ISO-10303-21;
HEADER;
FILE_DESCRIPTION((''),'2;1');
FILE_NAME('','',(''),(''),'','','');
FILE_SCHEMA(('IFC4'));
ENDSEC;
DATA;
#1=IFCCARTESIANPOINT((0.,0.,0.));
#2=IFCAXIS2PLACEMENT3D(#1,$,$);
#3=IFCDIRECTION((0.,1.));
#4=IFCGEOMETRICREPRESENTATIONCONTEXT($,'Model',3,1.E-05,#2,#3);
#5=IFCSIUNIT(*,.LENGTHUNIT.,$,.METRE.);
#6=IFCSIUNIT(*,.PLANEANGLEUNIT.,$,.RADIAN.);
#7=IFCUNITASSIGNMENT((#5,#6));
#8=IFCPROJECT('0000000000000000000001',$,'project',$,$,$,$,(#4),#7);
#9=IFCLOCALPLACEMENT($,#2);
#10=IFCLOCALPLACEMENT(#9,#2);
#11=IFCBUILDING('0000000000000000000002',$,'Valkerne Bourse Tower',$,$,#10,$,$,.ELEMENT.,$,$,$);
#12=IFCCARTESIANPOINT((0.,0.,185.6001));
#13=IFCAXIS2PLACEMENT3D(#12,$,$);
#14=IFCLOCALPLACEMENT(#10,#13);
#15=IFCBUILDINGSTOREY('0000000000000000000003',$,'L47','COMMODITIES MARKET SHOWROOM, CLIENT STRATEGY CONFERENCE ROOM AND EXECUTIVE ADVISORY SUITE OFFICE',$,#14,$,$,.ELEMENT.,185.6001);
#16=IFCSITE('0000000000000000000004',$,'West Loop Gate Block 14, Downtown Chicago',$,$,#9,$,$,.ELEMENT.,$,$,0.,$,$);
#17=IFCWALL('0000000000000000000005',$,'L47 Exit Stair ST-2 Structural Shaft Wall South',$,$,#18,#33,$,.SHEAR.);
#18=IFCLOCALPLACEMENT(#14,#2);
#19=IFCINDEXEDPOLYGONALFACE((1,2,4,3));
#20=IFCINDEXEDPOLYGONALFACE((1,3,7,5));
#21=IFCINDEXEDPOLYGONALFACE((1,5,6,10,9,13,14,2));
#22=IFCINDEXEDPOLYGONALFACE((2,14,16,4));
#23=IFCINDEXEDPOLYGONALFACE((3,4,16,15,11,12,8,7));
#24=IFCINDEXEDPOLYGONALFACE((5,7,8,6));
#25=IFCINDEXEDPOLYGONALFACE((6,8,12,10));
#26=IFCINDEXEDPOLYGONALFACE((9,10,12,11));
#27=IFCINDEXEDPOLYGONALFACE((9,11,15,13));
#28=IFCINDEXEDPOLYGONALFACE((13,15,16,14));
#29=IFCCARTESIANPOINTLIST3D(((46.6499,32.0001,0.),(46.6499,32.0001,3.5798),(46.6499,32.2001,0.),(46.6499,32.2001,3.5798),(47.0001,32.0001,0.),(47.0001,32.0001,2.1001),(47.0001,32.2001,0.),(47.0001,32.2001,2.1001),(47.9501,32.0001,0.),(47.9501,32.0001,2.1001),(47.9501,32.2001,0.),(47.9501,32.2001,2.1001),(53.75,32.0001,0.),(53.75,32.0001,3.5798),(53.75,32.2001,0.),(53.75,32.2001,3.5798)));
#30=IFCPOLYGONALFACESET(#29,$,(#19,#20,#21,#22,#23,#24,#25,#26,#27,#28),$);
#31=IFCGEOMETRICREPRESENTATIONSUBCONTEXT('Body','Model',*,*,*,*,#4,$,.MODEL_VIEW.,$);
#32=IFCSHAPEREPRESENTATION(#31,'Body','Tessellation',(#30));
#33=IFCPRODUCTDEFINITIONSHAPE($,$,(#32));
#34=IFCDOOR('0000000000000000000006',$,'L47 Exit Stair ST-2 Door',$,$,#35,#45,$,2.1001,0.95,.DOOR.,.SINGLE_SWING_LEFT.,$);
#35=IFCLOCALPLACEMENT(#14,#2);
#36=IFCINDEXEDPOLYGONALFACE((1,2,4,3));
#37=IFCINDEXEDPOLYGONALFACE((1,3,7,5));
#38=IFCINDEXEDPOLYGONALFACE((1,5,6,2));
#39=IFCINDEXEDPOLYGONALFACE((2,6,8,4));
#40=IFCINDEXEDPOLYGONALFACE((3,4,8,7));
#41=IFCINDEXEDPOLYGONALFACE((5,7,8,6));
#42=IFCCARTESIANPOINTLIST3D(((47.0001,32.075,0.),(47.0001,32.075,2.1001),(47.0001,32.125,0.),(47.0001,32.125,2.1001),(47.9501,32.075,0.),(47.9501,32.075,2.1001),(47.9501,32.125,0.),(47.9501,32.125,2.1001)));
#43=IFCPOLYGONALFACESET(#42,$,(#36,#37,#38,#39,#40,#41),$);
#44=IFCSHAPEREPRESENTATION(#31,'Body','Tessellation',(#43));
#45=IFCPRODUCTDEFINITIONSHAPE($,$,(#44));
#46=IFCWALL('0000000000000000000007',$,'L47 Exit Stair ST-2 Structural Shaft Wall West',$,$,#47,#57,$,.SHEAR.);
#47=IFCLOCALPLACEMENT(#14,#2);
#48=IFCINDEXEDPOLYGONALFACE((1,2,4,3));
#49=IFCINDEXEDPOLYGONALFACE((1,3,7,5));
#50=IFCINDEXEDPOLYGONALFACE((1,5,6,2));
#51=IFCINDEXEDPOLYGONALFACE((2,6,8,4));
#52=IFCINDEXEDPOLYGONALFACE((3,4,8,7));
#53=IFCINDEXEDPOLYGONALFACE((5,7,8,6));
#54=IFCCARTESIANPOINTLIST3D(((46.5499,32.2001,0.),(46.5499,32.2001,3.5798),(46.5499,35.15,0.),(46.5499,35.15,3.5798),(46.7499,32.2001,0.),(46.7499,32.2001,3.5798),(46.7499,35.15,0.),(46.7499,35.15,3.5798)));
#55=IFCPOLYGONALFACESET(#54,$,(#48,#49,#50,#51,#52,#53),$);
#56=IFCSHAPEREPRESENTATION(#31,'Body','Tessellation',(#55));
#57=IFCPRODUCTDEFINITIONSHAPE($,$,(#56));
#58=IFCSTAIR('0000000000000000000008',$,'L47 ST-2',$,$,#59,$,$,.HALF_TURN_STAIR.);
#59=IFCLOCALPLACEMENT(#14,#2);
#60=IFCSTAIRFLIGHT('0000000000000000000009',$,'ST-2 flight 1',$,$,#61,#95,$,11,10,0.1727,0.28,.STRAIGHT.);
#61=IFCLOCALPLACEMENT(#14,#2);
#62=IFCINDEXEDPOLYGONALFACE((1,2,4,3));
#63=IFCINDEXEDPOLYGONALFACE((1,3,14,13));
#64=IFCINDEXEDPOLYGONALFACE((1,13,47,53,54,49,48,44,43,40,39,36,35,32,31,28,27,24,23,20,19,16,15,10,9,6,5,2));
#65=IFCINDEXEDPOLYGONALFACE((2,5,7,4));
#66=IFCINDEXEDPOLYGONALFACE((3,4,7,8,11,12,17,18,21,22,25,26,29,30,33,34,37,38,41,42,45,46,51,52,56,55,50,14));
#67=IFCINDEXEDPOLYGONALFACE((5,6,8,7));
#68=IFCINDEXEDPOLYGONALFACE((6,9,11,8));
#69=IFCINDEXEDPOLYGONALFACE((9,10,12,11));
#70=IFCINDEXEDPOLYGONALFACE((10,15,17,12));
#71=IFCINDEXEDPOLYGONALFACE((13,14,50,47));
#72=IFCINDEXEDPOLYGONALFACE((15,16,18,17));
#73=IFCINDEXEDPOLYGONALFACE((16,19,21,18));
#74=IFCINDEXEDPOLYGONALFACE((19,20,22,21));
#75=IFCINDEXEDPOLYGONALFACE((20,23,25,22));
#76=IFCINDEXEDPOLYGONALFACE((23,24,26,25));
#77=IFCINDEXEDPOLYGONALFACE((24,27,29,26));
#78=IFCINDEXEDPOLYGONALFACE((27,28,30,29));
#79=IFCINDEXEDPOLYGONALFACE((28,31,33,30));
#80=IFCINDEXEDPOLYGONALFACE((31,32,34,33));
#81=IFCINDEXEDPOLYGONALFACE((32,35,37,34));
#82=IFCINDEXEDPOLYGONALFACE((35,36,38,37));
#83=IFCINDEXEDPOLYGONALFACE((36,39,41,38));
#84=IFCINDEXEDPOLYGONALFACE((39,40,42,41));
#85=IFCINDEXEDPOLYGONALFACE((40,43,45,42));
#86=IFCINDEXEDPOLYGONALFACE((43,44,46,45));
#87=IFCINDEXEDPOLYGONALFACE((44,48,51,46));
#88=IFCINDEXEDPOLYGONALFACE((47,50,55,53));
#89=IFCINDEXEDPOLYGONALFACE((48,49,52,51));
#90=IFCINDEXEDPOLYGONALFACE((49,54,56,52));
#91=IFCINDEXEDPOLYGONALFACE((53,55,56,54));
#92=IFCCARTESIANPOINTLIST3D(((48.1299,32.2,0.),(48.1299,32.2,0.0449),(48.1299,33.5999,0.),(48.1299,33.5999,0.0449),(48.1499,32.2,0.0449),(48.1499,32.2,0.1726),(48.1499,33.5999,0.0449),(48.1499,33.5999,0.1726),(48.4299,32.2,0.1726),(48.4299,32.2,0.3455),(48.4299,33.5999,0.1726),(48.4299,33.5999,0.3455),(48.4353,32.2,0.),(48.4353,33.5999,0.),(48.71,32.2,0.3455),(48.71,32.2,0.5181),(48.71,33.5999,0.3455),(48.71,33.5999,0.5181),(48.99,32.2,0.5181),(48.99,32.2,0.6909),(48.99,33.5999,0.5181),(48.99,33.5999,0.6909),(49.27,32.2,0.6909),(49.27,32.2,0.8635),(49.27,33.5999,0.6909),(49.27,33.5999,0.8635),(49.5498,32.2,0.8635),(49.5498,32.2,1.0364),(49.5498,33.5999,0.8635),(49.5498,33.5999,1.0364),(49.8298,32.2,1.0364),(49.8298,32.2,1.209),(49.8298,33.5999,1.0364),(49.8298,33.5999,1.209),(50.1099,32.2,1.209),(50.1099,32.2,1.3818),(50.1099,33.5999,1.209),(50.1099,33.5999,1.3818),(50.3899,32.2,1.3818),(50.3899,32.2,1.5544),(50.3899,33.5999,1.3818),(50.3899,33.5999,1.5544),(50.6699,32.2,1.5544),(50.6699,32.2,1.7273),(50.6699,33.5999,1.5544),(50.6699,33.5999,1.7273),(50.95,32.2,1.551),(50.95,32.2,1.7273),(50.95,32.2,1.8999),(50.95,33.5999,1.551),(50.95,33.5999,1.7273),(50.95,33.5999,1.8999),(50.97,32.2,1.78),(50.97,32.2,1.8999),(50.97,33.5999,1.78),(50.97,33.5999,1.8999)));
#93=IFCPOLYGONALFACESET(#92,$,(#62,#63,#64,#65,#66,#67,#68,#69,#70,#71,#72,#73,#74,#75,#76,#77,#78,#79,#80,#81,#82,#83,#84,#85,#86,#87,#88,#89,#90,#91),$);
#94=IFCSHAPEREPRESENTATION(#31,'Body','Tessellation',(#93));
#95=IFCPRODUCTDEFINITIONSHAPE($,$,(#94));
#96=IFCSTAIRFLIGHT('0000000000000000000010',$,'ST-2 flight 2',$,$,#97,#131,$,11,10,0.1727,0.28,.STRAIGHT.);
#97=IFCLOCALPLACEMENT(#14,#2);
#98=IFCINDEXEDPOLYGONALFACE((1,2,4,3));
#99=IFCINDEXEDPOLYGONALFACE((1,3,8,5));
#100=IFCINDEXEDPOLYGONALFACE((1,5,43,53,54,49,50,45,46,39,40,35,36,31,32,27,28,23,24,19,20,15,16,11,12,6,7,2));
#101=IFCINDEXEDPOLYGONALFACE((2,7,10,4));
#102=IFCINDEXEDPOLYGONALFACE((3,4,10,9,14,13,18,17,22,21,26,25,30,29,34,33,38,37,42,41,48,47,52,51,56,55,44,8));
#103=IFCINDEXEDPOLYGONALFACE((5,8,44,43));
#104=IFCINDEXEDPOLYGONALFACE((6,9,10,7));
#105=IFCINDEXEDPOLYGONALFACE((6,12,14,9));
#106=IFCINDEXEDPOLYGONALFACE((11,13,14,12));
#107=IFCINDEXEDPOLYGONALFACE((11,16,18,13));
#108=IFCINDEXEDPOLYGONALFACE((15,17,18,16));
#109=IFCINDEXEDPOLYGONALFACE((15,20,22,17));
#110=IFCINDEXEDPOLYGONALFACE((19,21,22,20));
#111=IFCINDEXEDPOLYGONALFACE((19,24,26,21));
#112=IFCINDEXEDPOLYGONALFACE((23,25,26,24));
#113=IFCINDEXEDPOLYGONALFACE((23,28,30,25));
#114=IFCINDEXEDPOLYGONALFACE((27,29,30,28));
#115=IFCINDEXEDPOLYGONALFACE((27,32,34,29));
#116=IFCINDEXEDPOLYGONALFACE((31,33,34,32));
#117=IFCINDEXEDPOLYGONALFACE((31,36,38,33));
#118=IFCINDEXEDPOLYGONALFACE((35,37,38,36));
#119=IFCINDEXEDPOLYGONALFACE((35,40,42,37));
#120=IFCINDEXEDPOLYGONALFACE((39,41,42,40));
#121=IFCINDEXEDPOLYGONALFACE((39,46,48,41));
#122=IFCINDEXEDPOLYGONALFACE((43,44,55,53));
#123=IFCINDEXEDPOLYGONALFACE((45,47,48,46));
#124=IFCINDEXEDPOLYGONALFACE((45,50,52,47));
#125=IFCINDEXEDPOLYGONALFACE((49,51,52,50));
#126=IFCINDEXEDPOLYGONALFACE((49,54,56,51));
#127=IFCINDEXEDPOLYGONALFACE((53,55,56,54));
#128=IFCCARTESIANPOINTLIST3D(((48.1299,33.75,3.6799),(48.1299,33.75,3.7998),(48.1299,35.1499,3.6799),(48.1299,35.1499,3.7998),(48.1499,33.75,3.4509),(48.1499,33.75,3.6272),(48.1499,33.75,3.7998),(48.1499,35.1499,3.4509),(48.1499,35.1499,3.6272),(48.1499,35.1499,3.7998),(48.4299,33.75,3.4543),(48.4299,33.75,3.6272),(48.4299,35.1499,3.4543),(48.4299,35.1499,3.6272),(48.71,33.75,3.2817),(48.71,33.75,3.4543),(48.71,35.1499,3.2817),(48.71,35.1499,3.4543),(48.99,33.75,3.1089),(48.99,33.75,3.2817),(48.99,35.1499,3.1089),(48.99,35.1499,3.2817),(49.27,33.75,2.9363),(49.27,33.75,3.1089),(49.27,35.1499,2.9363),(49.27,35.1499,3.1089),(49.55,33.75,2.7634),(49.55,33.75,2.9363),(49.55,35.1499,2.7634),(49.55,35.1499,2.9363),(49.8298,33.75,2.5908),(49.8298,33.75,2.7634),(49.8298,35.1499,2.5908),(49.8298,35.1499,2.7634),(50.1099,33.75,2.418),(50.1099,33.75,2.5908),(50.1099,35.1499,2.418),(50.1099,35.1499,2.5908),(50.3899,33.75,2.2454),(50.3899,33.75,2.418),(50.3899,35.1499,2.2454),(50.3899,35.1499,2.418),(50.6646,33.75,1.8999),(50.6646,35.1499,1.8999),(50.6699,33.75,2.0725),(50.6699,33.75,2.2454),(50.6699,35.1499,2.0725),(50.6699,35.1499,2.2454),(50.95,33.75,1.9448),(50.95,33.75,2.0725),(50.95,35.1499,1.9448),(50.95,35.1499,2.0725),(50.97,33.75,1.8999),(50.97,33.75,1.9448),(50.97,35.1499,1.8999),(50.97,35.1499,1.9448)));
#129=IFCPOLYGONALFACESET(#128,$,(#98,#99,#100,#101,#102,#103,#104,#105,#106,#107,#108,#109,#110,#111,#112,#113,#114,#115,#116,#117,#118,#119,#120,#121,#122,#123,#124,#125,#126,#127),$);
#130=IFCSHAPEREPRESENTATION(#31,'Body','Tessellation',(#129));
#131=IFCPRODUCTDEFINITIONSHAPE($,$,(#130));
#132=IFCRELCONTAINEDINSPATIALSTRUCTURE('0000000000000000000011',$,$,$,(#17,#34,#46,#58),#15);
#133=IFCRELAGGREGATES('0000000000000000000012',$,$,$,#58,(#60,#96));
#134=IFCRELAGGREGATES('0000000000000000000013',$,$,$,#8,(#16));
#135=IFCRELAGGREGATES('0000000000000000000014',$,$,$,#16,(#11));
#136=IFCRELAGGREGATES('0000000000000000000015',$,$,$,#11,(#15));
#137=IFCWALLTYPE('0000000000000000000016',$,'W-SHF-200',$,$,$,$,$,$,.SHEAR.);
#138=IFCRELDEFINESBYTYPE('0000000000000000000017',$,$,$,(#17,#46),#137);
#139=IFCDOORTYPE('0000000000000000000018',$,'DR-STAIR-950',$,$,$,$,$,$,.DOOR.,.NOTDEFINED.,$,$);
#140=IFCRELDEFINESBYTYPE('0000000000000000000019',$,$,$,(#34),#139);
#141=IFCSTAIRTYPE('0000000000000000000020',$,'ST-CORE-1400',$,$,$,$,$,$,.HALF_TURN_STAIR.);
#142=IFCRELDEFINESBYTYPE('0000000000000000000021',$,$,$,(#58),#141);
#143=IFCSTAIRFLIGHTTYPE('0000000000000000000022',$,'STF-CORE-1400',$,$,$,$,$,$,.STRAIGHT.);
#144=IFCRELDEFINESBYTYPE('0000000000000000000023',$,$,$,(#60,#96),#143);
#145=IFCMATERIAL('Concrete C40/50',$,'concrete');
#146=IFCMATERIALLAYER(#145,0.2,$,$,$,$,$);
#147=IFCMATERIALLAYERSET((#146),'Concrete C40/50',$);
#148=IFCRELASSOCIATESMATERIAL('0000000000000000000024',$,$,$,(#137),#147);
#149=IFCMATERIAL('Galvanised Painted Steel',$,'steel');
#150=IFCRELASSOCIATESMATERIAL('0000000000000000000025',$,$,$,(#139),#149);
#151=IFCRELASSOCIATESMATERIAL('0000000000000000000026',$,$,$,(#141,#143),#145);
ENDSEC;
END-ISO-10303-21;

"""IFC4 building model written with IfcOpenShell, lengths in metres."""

from ifc_helpers import new_model, si_unit, direction, frame, frame_2d, origin, place, context, subcontext, project, spatial, polyline, rectangle, outline, extrude, material, layer, layer_set, type_object, element, fill, aggregate, save


model = new_model("IFC4")

# Units and contexts
model_context = context("Model", 3, precision=1e-05, world=origin(), true_north=direction((0.0, 1.0)))
body_context = subcontext(model_context, "Body", "Model", "MODEL_VIEW")
ifc_project = project(units=[si_unit("LENGTHUNIT", "METRE"), si_unit("PLANEANGLEUNIT", "RADIAN")], contexts=[model_context])

# Site, building, storey
site_placement = place(None, origin())
site = spatial("IfcSite", under=ifc_project, at=site_placement, Name="West Loop Gate Block 14, Downtown Chicago", CompositionType="ELEMENT", RefElevation=0.0)
building_placement = place(site_placement, origin())
building = spatial("IfcBuilding", under=site, at=building_placement, Name="Valkerne Bourse Tower", CompositionType="ELEMENT")
storey_placement = place(building_placement, frame((0.0, 0.0, 185.6001)))
storey = spatial("IfcBuildingStorey", under=building, at=storey_placement, Name="L47", Description="COMMODITIES MARKET SHOWROOM, CLIENT STRATEGY CONFERENCE ROOM AND EXECUTIVE ADVISORY SUITE OFFICE", CompositionType="ELEMENT", Elevation=185.6001)

# Shared definitions
ifc_material_1 = material(Name="Galvanised Painted Steel", Category="steel")

# Wall, opening, door
ifc_material_2 = material(Name="Concrete C40/50", Category="concrete")
ifc_layer_1 = layer(ifc_material_2, 0.2)
ifc_layer_set_1 = layer_set([ifc_layer_1], Name="Concrete C40/50")
wall_type_1 = type_object("IfcWallType", Name="W-SHF-200", PredefinedType="SHEAR", material=ifc_layer_set_1)
wall_1_placement = place(storey_placement, frame((46.6499, 32.1001, 0.0), z_axis=(0.0, 0.0, 1.0), x_axis=(1.0, 0.0, 0.0)))
wall_1 = element("IfcWall", 1, at=wall_1_placement, inside=storey, type_object=wall_type_1, Name="L47 Exit Stair ST-2 Structural Shaft Wall South", PredefinedType="SHEAR", context=body_context, shape_type="SweptSolid", body=[
    extrude(rectangle(XDim=7.1001, YDim=0.2, at=frame_2d((3.55, 0.0))), origin(), (0.0, 0.0, 1.0), 3.5798),
])
opening_1_placement = place(wall_1_placement, frame((0.3501, 0.0, 0.0)))
opening_1 = element("IfcOpeningElement", 2, at=opening_1_placement, cuts=wall_1, PredefinedType="OPENING", context=body_context, shape_type="SweptSolid", body=[
    extrude(rectangle(XDim=0.95, YDim=2.1001, at=frame_2d((0.4751, 1.05))), frame((0.0, 0.1099, 0.0), z_axis=(0.0, -1.0, 0.0), x_axis=(1.0, 0.0, 0.0)), (0.0, 0.0, 1.0), 0.22),
])
door_type_1 = type_object("IfcDoorType", Name="DR-STAIR-950", OperationType="NOTDEFINED", PredefinedType="DOOR", material=ifc_material_1)
door_1_placement = place(opening_1_placement, origin())
door_1 = element("IfcDoor", 3, at=door_1_placement, inside=storey, type_object=door_type_1, Name="L47 Exit Stair ST-2 Door", OperationType="SINGLE_SWING_LEFT", OverallHeight=2.1001, OverallWidth=0.95, PredefinedType="DOOR", context=body_context, shape_type="SweptSolid", body=[
    extrude(rectangle(XDim=0.95, YDim=2.1001, at=frame_2d((0.4751, 1.05))), frame((0.0, 0.0249, 0.0), z_axis=(0.0, -1.0, 0.0), x_axis=(1.0, 0.0, 0.0)), (0.0, 0.0, 1.0), 0.05),
])
fill(opening_1, door_1)

# Wall
wall_2_placement = place(storey_placement, frame((46.6499, 32.2, 0.0), z_axis=(0.0, 0.0, 1.0), x_axis=(0.0, 1.0, 0.0)))
element("IfcWall", 4, at=wall_2_placement, inside=storey, type_object=wall_type_1, Name="L47 Exit Stair ST-2 Structural Shaft Wall West", PredefinedType="SHEAR", context=body_context, shape_type="SweptSolid", body=[
    extrude(rectangle(XDim=2.95, YDim=0.2, at=frame_2d((1.4751, 0.0))), origin(), (0.0, 0.0, 1.0), 3.5798),
])

# Stair, stair flights
stair_type = type_object("IfcStairType", Name="ST-CORE-1400", PredefinedType="HALF_TURN_STAIR", material=ifc_material_2)
stair_placement = place(storey_placement, origin())
stair = element("IfcStair", 5, at=stair_placement, inside=storey, type_object=stair_type, Name="L47 ST-2", PredefinedType="HALF_TURN_STAIR")
stair_flight_type = type_object("IfcStairFlightType", Name="STF-CORE-1400", PredefinedType="STRAIGHT", material=ifc_material_2)
stair_flight_1_placement = place(storey_placement, frame((48.1499, 32.8999, 0.0), z_axis=(0.0, 0.0, 1.0), x_axis=(1.0, 0.0, 0.0)))
stair_flight_1 = element("IfcStairFlight", 6, at=stair_flight_1_placement, type_object=stair_flight_type, Name="ST-2 flight 1", NumberOfRisers=11, NumberOfTreads=10, PredefinedType="STRAIGHT", RiserHeight=0.1727, TreadLength=0.28, context=body_context, shape_type="SweptSolid", body=[
    extrude(outline(polyline([(-0.02, 0.0), (-0.02, 0.0449), (0.0, 0.0449), (0.0, 0.1726), (0.28, 0.1726), (0.28, 0.3455), (0.5601, 0.3455), (0.5601, 0.5181), (0.8401, 0.5181), (0.8401, 0.6909), (1.1201, 0.6909), (1.1201, 0.8635), (1.3999, 0.8635), (1.3999, 1.0364), (1.6799, 1.0364), (1.6799, 1.209), (1.96, 1.209), (1.96, 1.3818), (2.24, 1.3818), (2.24, 1.5544), (2.52, 1.5544), (2.52, 1.7273), (2.8, 1.7273), (2.8, 1.8999), (2.8201, 1.8999), (2.8201, 1.78), (2.8, 1.551), (0.2854, 0.0), (-0.02, 0.0)])), frame((0.0, 0.7, 0.0), z_axis=(0.0, -1.0, 0.0), x_axis=(1.0, 0.0, 0.0)), (0.0, 0.0, 1.0), 1.3999),
])
stair_flight_2_placement = place(storey_placement, frame((50.95, 34.45, 1.8999), z_axis=(0.0, 0.0, 1.0), x_axis=(-1.0, 0.0, 0.0)))
stair_flight_2 = element("IfcStairFlight", 7, at=stair_flight_2_placement, type_object=stair_flight_type, Name="ST-2 flight 2", NumberOfRisers=11, NumberOfTreads=10, PredefinedType="STRAIGHT", RiserHeight=0.1727, TreadLength=0.28, context=body_context, shape_type="SweptSolid", body=[
    extrude(outline(polyline([(-0.02, 0.0), (-0.02, 0.0449), (0.0, 0.0449), (0.0, 0.1726), (0.28, 0.1726), (0.28, 0.3455), (0.5601, 0.3455), (0.5601, 0.5181), (0.8401, 0.5181), (0.8401, 0.6909), (1.1201, 0.6909), (1.1201, 0.8635), (1.3999, 0.8635), (1.3999, 1.0364), (1.6799, 1.0364), (1.6799, 1.209), (1.96, 1.209), (1.96, 1.3818), (2.24, 1.3818), (2.24, 1.5544), (2.52, 1.5544), (2.52, 1.7273), (2.8, 1.7273), (2.8, 1.8999), (2.8201, 1.8999), (2.8201, 1.78), (2.8, 1.551), (0.2854, 0.0), (-0.02, 0.0)])), frame((0.0, 0.7, 0.0), z_axis=(0.0, -1.0, 0.0), x_axis=(1.0, 0.0, 0.0)), (0.0, 0.0, 1.0), 1.3999),
])
aggregate(stair, [stair_flight_1, stair_flight_2])

save(model, "model.ifc")
